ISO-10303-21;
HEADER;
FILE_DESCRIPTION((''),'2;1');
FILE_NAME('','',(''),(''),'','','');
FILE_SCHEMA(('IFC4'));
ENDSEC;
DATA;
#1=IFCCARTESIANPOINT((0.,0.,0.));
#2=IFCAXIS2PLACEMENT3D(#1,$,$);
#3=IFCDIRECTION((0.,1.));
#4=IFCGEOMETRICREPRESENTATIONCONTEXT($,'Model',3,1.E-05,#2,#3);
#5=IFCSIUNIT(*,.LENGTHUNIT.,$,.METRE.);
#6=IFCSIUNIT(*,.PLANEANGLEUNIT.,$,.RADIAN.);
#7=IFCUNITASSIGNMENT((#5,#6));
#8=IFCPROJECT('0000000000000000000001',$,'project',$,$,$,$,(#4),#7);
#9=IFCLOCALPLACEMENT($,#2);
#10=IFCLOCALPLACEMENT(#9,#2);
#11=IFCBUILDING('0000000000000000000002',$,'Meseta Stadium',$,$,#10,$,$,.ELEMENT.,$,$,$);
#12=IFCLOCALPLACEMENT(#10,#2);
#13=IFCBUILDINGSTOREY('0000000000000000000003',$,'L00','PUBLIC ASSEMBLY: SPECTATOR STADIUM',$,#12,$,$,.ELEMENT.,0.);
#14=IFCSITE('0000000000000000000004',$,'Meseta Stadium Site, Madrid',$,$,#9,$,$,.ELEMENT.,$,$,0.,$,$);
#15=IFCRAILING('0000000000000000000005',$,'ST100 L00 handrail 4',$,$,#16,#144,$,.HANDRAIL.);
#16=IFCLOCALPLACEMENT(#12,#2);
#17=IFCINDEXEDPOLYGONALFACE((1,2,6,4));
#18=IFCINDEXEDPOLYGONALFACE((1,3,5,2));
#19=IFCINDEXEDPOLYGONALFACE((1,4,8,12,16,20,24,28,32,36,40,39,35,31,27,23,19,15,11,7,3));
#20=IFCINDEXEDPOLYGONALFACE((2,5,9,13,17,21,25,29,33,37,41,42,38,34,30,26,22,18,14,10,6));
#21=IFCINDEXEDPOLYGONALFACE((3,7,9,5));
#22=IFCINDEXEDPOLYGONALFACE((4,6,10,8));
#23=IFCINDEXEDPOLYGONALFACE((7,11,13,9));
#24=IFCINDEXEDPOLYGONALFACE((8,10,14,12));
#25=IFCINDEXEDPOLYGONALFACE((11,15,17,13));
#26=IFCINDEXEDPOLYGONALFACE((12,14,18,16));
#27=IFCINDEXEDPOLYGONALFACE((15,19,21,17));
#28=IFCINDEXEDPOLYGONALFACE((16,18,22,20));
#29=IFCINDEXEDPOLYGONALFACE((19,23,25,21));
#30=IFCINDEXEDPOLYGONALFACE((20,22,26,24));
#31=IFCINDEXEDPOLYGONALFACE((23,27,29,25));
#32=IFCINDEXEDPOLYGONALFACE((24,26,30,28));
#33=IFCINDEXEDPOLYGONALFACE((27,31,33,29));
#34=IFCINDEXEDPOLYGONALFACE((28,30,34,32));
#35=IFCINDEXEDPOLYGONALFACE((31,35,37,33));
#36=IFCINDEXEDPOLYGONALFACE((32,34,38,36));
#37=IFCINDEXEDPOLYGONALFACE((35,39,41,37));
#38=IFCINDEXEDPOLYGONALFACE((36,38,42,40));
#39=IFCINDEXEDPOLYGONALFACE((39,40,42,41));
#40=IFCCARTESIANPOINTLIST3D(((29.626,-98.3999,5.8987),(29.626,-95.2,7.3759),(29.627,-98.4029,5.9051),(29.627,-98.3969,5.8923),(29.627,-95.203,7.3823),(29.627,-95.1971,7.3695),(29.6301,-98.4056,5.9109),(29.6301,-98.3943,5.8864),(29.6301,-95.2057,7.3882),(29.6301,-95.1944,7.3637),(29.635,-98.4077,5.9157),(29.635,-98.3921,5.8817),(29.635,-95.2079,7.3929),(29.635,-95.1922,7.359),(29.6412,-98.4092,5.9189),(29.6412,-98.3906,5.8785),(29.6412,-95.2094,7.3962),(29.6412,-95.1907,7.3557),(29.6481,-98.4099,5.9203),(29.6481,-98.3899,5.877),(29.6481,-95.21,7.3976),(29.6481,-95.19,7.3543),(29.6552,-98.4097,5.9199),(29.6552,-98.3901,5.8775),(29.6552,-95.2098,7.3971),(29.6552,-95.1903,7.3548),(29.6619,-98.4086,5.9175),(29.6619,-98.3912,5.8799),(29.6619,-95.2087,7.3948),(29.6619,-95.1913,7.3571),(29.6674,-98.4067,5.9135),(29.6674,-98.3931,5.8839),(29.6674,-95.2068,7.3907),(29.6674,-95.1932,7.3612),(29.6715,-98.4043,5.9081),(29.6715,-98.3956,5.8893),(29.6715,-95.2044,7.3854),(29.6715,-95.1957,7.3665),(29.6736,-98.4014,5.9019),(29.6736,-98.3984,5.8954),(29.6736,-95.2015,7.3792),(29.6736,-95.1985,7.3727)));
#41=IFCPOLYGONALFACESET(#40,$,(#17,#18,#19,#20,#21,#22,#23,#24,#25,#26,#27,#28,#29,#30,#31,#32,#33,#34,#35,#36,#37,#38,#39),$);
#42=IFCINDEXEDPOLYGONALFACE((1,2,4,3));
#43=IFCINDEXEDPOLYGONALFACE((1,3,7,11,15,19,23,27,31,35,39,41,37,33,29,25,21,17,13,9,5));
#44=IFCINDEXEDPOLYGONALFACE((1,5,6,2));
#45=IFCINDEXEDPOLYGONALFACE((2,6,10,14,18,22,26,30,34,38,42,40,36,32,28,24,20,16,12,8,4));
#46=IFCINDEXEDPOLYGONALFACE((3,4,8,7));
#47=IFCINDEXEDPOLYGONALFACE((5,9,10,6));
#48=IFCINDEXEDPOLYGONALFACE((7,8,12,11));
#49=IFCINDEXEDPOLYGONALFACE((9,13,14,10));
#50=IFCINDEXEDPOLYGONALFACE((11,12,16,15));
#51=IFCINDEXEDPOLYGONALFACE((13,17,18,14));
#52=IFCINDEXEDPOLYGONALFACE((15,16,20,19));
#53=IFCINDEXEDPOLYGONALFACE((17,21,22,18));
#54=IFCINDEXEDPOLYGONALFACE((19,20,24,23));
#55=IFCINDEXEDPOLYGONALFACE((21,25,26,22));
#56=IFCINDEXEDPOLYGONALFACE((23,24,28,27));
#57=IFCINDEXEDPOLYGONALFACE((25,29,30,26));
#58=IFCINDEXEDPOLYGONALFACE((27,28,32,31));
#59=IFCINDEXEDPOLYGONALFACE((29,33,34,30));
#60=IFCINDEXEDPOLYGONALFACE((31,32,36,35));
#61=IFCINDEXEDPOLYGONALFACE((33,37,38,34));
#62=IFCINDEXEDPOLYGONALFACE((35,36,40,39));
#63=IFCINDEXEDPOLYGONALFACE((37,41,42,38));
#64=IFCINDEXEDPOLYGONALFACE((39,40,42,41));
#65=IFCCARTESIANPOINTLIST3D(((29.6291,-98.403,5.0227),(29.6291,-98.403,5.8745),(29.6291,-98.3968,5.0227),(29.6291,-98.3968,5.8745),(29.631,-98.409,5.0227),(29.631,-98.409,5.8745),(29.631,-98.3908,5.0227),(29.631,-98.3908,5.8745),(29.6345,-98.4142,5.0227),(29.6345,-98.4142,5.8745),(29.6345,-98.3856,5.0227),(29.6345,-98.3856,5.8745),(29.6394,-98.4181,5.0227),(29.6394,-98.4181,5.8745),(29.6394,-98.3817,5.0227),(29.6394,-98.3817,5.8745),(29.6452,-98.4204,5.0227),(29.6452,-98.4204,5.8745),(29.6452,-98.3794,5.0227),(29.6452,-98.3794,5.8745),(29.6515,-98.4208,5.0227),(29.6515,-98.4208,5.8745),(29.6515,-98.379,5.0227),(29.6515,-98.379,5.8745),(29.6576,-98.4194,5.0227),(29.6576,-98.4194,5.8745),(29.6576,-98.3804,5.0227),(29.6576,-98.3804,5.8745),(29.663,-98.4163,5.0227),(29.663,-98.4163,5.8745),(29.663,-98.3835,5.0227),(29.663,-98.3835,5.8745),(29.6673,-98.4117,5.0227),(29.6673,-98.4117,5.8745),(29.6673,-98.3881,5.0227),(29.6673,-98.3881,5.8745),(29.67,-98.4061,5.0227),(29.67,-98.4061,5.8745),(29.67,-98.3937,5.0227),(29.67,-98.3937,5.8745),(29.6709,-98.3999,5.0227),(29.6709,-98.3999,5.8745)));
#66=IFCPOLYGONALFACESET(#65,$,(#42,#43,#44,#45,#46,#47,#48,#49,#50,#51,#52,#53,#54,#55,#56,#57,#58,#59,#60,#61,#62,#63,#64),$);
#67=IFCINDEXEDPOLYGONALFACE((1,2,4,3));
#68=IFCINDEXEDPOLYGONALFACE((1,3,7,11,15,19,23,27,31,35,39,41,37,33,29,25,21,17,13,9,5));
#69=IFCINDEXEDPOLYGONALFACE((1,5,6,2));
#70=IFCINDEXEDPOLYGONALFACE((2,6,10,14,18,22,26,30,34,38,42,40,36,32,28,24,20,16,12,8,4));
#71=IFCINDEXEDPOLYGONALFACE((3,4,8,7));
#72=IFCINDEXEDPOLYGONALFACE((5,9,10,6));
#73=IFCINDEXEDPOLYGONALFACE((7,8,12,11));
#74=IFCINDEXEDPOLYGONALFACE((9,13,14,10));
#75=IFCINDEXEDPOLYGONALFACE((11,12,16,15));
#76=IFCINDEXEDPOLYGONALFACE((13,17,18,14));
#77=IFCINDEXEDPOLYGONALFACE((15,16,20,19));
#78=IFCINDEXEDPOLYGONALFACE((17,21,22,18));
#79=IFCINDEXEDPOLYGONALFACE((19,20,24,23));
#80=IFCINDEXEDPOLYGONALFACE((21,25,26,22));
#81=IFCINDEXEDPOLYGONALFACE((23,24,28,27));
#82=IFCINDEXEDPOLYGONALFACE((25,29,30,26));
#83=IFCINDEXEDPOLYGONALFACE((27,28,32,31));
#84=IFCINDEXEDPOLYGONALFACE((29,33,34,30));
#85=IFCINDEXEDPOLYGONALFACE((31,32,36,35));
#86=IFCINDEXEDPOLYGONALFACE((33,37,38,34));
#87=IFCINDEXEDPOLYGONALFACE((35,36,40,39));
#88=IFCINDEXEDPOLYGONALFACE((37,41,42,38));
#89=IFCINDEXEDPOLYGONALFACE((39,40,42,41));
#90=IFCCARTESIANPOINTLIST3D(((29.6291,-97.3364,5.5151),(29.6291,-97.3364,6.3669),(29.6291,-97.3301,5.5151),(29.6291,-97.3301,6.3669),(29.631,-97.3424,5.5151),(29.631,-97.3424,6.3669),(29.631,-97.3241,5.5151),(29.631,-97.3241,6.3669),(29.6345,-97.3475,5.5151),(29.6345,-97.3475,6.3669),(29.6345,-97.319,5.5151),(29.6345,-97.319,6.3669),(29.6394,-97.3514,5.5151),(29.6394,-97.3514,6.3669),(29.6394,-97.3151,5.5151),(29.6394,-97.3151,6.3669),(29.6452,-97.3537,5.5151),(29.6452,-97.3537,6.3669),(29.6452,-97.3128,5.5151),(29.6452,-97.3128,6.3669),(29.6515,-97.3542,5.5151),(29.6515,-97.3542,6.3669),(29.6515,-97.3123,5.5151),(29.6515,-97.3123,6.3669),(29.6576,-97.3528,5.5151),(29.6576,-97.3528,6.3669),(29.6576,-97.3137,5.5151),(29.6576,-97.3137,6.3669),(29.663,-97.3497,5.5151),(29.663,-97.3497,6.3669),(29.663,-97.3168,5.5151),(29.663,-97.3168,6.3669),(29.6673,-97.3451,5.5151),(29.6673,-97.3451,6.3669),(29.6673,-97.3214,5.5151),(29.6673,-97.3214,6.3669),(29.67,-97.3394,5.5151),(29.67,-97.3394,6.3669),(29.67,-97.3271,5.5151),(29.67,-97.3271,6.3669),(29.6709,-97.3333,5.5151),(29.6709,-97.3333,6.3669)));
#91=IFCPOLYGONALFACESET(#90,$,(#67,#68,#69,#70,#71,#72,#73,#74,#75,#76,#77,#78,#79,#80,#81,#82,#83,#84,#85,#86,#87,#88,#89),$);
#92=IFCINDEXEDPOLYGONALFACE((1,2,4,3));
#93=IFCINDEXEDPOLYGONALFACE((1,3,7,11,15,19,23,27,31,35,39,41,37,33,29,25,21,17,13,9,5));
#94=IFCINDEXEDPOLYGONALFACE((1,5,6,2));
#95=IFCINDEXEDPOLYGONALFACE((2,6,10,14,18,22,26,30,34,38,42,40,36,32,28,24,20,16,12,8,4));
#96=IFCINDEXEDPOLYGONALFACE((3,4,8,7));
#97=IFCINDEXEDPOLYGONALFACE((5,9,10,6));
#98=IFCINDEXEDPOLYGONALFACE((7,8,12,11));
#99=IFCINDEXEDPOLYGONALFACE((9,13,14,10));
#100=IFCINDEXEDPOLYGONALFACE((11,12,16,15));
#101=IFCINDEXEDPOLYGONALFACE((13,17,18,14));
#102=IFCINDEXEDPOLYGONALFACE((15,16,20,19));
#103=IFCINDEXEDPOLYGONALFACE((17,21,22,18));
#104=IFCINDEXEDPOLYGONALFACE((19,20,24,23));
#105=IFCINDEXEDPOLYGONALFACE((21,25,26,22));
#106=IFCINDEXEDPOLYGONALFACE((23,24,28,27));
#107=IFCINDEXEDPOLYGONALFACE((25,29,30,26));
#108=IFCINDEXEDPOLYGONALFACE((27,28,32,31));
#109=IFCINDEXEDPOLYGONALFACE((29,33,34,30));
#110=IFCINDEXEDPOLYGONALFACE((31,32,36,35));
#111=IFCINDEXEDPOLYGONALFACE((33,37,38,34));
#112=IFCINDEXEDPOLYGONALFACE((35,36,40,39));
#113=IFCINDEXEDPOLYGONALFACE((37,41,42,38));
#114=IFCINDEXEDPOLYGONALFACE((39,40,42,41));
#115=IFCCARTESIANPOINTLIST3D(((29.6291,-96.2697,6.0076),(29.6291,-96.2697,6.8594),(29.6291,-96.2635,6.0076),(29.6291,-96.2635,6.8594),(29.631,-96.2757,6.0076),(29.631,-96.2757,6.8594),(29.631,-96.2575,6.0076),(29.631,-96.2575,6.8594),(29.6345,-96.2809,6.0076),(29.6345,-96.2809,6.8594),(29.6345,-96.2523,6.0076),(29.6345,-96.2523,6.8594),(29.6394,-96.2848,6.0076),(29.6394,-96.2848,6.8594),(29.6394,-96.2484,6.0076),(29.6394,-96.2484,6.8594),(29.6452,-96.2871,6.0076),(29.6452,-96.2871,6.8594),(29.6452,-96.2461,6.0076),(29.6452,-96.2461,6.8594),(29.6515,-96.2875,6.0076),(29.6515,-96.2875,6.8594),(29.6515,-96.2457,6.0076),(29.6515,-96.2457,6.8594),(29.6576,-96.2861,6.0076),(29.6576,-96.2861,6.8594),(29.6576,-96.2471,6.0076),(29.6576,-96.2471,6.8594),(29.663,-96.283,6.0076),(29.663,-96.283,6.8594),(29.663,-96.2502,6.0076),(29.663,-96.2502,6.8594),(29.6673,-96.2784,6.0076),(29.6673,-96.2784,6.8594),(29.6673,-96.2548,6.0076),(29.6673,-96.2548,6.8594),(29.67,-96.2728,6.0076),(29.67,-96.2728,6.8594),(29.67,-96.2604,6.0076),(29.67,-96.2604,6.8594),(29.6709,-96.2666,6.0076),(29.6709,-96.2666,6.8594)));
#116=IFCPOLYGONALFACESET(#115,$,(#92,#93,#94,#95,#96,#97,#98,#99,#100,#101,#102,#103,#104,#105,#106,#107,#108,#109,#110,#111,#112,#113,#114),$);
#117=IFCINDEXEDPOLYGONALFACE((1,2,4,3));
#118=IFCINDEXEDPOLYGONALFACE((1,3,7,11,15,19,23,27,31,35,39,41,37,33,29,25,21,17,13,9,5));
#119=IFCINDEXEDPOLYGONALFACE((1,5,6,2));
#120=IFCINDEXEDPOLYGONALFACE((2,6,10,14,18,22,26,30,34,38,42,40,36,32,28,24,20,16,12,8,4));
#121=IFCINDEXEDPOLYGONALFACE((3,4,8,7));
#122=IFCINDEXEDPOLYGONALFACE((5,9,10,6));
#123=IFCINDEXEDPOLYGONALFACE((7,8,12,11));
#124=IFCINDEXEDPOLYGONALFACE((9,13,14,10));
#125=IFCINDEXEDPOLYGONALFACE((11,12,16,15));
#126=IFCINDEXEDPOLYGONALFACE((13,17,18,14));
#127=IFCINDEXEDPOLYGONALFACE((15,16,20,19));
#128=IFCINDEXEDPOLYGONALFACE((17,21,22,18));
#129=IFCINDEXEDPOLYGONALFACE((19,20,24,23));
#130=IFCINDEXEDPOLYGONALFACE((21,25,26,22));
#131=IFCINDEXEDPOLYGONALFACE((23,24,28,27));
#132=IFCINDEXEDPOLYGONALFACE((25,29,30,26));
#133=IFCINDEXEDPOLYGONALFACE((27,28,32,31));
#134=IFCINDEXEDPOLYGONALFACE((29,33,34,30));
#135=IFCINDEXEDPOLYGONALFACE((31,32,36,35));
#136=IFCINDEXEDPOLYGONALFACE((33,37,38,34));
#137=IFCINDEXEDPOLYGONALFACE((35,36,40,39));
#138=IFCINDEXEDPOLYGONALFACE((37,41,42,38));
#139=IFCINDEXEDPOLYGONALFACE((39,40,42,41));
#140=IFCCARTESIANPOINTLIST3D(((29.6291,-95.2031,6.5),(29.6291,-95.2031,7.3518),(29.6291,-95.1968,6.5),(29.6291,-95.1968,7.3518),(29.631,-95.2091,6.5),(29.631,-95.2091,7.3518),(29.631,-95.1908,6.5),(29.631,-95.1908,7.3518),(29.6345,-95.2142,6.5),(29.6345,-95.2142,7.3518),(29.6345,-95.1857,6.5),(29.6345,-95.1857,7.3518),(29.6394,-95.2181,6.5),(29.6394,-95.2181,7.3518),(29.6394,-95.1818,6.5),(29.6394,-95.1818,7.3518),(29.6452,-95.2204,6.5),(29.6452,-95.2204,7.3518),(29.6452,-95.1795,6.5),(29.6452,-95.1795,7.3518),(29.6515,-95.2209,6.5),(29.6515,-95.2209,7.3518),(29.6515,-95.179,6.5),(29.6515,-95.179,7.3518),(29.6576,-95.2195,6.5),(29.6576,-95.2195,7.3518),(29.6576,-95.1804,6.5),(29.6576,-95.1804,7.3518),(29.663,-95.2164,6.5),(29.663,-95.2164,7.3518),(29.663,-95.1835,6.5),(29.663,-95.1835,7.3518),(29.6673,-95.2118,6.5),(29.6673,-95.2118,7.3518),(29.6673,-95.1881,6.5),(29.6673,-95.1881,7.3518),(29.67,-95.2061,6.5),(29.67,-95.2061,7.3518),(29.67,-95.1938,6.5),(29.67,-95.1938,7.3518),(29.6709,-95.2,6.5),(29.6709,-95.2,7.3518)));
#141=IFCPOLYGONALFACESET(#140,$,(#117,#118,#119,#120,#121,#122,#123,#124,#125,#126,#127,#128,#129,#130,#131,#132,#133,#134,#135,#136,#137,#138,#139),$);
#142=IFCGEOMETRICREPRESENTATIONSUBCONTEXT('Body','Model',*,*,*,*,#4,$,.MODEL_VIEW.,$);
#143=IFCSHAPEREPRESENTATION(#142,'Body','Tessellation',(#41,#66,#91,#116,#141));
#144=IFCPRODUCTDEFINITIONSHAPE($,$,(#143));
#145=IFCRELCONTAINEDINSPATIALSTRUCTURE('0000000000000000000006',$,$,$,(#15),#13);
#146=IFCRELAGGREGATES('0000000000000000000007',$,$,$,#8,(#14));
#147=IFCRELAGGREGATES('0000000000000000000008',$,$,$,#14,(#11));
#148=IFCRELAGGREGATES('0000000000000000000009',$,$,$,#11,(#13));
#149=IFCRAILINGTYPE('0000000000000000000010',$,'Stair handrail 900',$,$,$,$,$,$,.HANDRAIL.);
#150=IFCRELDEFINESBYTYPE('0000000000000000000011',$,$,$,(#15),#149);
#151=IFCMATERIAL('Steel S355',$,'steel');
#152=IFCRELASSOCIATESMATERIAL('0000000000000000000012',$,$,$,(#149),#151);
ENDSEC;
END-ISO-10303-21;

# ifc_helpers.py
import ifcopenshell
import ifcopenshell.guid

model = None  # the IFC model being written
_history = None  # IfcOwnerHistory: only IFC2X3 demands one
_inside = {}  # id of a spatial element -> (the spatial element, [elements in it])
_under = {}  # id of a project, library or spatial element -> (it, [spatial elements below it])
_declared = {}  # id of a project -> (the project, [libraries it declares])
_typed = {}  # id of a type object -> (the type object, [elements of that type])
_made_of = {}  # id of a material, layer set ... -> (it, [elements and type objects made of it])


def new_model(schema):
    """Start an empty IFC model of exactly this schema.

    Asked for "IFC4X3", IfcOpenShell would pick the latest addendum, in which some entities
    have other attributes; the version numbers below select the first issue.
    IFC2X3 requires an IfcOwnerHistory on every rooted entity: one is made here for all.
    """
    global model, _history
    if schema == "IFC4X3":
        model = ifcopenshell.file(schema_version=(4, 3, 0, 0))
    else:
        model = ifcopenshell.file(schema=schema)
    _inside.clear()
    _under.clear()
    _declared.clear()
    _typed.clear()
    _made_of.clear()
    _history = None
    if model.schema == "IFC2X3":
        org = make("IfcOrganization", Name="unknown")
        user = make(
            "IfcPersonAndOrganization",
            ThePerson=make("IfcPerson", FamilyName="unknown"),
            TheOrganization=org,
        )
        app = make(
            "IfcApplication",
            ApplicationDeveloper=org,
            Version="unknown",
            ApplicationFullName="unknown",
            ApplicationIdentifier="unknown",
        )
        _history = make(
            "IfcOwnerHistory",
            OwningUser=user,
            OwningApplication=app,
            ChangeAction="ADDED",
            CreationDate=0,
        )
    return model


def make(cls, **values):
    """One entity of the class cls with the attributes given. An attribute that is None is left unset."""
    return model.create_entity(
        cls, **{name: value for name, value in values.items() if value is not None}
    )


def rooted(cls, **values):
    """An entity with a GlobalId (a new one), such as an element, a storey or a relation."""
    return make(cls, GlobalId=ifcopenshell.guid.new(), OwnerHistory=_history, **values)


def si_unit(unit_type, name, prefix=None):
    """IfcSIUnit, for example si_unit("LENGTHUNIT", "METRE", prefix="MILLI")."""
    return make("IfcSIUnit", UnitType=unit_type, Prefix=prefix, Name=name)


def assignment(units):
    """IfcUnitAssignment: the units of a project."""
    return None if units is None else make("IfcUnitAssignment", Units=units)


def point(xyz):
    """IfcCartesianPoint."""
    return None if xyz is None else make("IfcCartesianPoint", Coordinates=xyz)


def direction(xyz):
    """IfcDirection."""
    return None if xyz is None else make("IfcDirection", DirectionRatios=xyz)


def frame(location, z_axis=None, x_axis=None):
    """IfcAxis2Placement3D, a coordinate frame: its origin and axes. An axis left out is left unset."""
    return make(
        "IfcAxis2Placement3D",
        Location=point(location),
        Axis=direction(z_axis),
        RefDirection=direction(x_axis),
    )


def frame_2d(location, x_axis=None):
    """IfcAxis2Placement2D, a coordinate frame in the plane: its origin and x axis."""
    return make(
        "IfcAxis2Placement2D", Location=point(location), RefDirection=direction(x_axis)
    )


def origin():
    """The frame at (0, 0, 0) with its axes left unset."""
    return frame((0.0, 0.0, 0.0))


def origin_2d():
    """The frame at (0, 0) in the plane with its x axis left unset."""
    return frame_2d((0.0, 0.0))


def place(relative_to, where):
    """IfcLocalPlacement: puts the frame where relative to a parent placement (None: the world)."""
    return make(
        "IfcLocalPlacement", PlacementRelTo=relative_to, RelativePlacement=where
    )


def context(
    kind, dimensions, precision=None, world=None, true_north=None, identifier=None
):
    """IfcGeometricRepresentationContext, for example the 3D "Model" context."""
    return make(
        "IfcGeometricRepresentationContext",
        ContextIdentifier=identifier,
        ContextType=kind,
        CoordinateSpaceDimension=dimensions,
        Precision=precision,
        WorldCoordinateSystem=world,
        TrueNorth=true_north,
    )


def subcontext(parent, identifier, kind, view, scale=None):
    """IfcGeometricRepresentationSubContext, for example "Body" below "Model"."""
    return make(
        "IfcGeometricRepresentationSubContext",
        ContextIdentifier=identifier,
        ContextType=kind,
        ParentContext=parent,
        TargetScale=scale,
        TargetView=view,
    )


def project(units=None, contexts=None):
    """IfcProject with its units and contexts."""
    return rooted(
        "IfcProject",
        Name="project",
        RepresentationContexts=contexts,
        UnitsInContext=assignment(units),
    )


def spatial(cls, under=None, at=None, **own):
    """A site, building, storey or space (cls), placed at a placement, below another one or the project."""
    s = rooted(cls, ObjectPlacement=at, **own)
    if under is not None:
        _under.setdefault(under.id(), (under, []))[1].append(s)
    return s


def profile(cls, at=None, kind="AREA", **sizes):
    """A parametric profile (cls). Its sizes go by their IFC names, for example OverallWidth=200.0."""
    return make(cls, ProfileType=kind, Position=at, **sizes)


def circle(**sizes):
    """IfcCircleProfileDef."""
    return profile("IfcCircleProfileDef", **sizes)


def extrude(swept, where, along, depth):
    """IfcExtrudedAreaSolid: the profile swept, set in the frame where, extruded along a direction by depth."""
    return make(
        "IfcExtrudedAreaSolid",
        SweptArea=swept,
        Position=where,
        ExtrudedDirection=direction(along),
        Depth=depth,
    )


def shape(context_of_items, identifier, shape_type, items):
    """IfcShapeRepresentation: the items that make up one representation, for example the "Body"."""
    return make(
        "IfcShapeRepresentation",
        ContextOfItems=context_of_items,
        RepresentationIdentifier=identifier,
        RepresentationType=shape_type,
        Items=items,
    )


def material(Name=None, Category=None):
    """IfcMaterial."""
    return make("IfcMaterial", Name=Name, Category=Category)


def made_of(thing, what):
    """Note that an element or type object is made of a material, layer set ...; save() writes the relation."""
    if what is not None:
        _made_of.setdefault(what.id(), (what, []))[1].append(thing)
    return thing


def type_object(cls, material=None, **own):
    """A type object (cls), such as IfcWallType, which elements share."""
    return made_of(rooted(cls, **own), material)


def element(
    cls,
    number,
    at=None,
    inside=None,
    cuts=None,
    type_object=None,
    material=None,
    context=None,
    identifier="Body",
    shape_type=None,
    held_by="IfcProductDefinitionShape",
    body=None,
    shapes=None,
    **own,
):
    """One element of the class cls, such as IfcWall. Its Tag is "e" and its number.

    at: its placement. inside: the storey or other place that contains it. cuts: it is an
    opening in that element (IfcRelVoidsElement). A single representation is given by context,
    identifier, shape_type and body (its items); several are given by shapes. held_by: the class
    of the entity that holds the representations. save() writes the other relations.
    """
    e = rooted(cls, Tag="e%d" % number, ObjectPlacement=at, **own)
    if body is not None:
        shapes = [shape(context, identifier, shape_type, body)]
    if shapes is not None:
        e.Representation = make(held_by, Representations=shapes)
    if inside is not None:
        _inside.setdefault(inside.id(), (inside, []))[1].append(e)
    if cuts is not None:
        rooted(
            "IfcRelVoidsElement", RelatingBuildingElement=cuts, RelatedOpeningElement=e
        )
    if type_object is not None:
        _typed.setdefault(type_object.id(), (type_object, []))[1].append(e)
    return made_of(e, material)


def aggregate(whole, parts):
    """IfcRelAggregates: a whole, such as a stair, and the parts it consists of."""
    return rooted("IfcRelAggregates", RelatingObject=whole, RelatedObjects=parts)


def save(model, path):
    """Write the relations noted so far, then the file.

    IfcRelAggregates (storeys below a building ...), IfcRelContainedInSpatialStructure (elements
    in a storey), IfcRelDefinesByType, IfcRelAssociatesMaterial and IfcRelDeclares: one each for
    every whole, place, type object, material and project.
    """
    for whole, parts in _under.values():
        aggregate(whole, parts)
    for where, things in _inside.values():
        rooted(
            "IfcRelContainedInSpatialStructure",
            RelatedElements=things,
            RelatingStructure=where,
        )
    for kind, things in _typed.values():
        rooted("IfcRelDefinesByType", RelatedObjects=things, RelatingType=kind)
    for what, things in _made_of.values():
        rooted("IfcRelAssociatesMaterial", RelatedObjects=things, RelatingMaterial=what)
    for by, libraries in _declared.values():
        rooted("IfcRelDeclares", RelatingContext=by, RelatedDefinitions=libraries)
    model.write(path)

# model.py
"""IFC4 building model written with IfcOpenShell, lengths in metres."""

from ifc_helpers import new_model, si_unit, direction, frame, origin, origin_2d, place, context, subcontext, project, spatial, circle, extrude, material, type_object, element, save


model = new_model("IFC4")

# Units and contexts
model_context = context("Model", 3, precision=1e-05, world=origin(), true_north=direction((0.0, 1.0)))
body_context = subcontext(model_context, "Body", "Model", "MODEL_VIEW")
ifc_project = project(units=[si_unit("LENGTHUNIT", "METRE"), si_unit("PLANEANGLEUNIT", "RADIAN")], contexts=[model_context])

# Site, building, storey
site_placement = place(None, origin())
site = spatial("IfcSite", under=ifc_project, at=site_placement, Name="Meseta Stadium Site, Madrid", CompositionType="ELEMENT", RefElevation=0.0)
building_placement = place(site_placement, origin())
building = spatial("IfcBuilding", under=site, at=building_placement, Name="Meseta Stadium", CompositionType="ELEMENT")
storey_placement = place(building_placement, origin())
storey = spatial("IfcBuildingStorey", under=building, at=storey_placement, Name="L00", Description="PUBLIC ASSEMBLY: SPECTATOR STADIUM", CompositionType="ELEMENT", Elevation=0.0)

# Railing
ifc_material_1 = material(Name="Steel S355", Category="steel")
railing_type_1 = type_object("IfcRailingType", Name="Stair handrail 900", PredefinedType="HANDRAIL", material=ifc_material_1)
railing_1_placement = place(storey_placement, frame((29.6499, -98.3999, 5.0227)))
element("IfcRailing", 1, at=railing_1_placement, inside=storey, type_object=railing_type_1, Name="ST100 L00 handrail 4", PredefinedType="HANDRAIL", context=body_context, shape_type="SweptSolid", body=[
    extrude(circle(Radius=0.0239, at=origin_2d()), frame((0.0, 0.0, 0.876), z_axis=(0.0, 0.907917, 0.41915), x_axis=(-1.0, 0.0, 0.0)), (0.0, 0.0, 1.0), 3.5244),
    extrude(circle(Radius=0.021, at=origin_2d()), origin(), (0.0, 0.0, 1.0), 0.8518),
    extrude(circle(Radius=0.021, at=origin_2d()), frame((0.0, 1.0667, 0.4924)), (0.0, 0.0, 1.0), 0.8518),
    extrude(circle(Radius=0.021, at=origin_2d()), frame((0.0, 2.1333, 0.9849)), (0.0, 0.0, 1.0), 0.8518),
    extrude(circle(Radius=0.021, at=origin_2d()), frame((0.0, 3.2, 1.4773)), (0.0, 0.0, 1.0), 0.8518),
])

save(model, "model.ifc")
